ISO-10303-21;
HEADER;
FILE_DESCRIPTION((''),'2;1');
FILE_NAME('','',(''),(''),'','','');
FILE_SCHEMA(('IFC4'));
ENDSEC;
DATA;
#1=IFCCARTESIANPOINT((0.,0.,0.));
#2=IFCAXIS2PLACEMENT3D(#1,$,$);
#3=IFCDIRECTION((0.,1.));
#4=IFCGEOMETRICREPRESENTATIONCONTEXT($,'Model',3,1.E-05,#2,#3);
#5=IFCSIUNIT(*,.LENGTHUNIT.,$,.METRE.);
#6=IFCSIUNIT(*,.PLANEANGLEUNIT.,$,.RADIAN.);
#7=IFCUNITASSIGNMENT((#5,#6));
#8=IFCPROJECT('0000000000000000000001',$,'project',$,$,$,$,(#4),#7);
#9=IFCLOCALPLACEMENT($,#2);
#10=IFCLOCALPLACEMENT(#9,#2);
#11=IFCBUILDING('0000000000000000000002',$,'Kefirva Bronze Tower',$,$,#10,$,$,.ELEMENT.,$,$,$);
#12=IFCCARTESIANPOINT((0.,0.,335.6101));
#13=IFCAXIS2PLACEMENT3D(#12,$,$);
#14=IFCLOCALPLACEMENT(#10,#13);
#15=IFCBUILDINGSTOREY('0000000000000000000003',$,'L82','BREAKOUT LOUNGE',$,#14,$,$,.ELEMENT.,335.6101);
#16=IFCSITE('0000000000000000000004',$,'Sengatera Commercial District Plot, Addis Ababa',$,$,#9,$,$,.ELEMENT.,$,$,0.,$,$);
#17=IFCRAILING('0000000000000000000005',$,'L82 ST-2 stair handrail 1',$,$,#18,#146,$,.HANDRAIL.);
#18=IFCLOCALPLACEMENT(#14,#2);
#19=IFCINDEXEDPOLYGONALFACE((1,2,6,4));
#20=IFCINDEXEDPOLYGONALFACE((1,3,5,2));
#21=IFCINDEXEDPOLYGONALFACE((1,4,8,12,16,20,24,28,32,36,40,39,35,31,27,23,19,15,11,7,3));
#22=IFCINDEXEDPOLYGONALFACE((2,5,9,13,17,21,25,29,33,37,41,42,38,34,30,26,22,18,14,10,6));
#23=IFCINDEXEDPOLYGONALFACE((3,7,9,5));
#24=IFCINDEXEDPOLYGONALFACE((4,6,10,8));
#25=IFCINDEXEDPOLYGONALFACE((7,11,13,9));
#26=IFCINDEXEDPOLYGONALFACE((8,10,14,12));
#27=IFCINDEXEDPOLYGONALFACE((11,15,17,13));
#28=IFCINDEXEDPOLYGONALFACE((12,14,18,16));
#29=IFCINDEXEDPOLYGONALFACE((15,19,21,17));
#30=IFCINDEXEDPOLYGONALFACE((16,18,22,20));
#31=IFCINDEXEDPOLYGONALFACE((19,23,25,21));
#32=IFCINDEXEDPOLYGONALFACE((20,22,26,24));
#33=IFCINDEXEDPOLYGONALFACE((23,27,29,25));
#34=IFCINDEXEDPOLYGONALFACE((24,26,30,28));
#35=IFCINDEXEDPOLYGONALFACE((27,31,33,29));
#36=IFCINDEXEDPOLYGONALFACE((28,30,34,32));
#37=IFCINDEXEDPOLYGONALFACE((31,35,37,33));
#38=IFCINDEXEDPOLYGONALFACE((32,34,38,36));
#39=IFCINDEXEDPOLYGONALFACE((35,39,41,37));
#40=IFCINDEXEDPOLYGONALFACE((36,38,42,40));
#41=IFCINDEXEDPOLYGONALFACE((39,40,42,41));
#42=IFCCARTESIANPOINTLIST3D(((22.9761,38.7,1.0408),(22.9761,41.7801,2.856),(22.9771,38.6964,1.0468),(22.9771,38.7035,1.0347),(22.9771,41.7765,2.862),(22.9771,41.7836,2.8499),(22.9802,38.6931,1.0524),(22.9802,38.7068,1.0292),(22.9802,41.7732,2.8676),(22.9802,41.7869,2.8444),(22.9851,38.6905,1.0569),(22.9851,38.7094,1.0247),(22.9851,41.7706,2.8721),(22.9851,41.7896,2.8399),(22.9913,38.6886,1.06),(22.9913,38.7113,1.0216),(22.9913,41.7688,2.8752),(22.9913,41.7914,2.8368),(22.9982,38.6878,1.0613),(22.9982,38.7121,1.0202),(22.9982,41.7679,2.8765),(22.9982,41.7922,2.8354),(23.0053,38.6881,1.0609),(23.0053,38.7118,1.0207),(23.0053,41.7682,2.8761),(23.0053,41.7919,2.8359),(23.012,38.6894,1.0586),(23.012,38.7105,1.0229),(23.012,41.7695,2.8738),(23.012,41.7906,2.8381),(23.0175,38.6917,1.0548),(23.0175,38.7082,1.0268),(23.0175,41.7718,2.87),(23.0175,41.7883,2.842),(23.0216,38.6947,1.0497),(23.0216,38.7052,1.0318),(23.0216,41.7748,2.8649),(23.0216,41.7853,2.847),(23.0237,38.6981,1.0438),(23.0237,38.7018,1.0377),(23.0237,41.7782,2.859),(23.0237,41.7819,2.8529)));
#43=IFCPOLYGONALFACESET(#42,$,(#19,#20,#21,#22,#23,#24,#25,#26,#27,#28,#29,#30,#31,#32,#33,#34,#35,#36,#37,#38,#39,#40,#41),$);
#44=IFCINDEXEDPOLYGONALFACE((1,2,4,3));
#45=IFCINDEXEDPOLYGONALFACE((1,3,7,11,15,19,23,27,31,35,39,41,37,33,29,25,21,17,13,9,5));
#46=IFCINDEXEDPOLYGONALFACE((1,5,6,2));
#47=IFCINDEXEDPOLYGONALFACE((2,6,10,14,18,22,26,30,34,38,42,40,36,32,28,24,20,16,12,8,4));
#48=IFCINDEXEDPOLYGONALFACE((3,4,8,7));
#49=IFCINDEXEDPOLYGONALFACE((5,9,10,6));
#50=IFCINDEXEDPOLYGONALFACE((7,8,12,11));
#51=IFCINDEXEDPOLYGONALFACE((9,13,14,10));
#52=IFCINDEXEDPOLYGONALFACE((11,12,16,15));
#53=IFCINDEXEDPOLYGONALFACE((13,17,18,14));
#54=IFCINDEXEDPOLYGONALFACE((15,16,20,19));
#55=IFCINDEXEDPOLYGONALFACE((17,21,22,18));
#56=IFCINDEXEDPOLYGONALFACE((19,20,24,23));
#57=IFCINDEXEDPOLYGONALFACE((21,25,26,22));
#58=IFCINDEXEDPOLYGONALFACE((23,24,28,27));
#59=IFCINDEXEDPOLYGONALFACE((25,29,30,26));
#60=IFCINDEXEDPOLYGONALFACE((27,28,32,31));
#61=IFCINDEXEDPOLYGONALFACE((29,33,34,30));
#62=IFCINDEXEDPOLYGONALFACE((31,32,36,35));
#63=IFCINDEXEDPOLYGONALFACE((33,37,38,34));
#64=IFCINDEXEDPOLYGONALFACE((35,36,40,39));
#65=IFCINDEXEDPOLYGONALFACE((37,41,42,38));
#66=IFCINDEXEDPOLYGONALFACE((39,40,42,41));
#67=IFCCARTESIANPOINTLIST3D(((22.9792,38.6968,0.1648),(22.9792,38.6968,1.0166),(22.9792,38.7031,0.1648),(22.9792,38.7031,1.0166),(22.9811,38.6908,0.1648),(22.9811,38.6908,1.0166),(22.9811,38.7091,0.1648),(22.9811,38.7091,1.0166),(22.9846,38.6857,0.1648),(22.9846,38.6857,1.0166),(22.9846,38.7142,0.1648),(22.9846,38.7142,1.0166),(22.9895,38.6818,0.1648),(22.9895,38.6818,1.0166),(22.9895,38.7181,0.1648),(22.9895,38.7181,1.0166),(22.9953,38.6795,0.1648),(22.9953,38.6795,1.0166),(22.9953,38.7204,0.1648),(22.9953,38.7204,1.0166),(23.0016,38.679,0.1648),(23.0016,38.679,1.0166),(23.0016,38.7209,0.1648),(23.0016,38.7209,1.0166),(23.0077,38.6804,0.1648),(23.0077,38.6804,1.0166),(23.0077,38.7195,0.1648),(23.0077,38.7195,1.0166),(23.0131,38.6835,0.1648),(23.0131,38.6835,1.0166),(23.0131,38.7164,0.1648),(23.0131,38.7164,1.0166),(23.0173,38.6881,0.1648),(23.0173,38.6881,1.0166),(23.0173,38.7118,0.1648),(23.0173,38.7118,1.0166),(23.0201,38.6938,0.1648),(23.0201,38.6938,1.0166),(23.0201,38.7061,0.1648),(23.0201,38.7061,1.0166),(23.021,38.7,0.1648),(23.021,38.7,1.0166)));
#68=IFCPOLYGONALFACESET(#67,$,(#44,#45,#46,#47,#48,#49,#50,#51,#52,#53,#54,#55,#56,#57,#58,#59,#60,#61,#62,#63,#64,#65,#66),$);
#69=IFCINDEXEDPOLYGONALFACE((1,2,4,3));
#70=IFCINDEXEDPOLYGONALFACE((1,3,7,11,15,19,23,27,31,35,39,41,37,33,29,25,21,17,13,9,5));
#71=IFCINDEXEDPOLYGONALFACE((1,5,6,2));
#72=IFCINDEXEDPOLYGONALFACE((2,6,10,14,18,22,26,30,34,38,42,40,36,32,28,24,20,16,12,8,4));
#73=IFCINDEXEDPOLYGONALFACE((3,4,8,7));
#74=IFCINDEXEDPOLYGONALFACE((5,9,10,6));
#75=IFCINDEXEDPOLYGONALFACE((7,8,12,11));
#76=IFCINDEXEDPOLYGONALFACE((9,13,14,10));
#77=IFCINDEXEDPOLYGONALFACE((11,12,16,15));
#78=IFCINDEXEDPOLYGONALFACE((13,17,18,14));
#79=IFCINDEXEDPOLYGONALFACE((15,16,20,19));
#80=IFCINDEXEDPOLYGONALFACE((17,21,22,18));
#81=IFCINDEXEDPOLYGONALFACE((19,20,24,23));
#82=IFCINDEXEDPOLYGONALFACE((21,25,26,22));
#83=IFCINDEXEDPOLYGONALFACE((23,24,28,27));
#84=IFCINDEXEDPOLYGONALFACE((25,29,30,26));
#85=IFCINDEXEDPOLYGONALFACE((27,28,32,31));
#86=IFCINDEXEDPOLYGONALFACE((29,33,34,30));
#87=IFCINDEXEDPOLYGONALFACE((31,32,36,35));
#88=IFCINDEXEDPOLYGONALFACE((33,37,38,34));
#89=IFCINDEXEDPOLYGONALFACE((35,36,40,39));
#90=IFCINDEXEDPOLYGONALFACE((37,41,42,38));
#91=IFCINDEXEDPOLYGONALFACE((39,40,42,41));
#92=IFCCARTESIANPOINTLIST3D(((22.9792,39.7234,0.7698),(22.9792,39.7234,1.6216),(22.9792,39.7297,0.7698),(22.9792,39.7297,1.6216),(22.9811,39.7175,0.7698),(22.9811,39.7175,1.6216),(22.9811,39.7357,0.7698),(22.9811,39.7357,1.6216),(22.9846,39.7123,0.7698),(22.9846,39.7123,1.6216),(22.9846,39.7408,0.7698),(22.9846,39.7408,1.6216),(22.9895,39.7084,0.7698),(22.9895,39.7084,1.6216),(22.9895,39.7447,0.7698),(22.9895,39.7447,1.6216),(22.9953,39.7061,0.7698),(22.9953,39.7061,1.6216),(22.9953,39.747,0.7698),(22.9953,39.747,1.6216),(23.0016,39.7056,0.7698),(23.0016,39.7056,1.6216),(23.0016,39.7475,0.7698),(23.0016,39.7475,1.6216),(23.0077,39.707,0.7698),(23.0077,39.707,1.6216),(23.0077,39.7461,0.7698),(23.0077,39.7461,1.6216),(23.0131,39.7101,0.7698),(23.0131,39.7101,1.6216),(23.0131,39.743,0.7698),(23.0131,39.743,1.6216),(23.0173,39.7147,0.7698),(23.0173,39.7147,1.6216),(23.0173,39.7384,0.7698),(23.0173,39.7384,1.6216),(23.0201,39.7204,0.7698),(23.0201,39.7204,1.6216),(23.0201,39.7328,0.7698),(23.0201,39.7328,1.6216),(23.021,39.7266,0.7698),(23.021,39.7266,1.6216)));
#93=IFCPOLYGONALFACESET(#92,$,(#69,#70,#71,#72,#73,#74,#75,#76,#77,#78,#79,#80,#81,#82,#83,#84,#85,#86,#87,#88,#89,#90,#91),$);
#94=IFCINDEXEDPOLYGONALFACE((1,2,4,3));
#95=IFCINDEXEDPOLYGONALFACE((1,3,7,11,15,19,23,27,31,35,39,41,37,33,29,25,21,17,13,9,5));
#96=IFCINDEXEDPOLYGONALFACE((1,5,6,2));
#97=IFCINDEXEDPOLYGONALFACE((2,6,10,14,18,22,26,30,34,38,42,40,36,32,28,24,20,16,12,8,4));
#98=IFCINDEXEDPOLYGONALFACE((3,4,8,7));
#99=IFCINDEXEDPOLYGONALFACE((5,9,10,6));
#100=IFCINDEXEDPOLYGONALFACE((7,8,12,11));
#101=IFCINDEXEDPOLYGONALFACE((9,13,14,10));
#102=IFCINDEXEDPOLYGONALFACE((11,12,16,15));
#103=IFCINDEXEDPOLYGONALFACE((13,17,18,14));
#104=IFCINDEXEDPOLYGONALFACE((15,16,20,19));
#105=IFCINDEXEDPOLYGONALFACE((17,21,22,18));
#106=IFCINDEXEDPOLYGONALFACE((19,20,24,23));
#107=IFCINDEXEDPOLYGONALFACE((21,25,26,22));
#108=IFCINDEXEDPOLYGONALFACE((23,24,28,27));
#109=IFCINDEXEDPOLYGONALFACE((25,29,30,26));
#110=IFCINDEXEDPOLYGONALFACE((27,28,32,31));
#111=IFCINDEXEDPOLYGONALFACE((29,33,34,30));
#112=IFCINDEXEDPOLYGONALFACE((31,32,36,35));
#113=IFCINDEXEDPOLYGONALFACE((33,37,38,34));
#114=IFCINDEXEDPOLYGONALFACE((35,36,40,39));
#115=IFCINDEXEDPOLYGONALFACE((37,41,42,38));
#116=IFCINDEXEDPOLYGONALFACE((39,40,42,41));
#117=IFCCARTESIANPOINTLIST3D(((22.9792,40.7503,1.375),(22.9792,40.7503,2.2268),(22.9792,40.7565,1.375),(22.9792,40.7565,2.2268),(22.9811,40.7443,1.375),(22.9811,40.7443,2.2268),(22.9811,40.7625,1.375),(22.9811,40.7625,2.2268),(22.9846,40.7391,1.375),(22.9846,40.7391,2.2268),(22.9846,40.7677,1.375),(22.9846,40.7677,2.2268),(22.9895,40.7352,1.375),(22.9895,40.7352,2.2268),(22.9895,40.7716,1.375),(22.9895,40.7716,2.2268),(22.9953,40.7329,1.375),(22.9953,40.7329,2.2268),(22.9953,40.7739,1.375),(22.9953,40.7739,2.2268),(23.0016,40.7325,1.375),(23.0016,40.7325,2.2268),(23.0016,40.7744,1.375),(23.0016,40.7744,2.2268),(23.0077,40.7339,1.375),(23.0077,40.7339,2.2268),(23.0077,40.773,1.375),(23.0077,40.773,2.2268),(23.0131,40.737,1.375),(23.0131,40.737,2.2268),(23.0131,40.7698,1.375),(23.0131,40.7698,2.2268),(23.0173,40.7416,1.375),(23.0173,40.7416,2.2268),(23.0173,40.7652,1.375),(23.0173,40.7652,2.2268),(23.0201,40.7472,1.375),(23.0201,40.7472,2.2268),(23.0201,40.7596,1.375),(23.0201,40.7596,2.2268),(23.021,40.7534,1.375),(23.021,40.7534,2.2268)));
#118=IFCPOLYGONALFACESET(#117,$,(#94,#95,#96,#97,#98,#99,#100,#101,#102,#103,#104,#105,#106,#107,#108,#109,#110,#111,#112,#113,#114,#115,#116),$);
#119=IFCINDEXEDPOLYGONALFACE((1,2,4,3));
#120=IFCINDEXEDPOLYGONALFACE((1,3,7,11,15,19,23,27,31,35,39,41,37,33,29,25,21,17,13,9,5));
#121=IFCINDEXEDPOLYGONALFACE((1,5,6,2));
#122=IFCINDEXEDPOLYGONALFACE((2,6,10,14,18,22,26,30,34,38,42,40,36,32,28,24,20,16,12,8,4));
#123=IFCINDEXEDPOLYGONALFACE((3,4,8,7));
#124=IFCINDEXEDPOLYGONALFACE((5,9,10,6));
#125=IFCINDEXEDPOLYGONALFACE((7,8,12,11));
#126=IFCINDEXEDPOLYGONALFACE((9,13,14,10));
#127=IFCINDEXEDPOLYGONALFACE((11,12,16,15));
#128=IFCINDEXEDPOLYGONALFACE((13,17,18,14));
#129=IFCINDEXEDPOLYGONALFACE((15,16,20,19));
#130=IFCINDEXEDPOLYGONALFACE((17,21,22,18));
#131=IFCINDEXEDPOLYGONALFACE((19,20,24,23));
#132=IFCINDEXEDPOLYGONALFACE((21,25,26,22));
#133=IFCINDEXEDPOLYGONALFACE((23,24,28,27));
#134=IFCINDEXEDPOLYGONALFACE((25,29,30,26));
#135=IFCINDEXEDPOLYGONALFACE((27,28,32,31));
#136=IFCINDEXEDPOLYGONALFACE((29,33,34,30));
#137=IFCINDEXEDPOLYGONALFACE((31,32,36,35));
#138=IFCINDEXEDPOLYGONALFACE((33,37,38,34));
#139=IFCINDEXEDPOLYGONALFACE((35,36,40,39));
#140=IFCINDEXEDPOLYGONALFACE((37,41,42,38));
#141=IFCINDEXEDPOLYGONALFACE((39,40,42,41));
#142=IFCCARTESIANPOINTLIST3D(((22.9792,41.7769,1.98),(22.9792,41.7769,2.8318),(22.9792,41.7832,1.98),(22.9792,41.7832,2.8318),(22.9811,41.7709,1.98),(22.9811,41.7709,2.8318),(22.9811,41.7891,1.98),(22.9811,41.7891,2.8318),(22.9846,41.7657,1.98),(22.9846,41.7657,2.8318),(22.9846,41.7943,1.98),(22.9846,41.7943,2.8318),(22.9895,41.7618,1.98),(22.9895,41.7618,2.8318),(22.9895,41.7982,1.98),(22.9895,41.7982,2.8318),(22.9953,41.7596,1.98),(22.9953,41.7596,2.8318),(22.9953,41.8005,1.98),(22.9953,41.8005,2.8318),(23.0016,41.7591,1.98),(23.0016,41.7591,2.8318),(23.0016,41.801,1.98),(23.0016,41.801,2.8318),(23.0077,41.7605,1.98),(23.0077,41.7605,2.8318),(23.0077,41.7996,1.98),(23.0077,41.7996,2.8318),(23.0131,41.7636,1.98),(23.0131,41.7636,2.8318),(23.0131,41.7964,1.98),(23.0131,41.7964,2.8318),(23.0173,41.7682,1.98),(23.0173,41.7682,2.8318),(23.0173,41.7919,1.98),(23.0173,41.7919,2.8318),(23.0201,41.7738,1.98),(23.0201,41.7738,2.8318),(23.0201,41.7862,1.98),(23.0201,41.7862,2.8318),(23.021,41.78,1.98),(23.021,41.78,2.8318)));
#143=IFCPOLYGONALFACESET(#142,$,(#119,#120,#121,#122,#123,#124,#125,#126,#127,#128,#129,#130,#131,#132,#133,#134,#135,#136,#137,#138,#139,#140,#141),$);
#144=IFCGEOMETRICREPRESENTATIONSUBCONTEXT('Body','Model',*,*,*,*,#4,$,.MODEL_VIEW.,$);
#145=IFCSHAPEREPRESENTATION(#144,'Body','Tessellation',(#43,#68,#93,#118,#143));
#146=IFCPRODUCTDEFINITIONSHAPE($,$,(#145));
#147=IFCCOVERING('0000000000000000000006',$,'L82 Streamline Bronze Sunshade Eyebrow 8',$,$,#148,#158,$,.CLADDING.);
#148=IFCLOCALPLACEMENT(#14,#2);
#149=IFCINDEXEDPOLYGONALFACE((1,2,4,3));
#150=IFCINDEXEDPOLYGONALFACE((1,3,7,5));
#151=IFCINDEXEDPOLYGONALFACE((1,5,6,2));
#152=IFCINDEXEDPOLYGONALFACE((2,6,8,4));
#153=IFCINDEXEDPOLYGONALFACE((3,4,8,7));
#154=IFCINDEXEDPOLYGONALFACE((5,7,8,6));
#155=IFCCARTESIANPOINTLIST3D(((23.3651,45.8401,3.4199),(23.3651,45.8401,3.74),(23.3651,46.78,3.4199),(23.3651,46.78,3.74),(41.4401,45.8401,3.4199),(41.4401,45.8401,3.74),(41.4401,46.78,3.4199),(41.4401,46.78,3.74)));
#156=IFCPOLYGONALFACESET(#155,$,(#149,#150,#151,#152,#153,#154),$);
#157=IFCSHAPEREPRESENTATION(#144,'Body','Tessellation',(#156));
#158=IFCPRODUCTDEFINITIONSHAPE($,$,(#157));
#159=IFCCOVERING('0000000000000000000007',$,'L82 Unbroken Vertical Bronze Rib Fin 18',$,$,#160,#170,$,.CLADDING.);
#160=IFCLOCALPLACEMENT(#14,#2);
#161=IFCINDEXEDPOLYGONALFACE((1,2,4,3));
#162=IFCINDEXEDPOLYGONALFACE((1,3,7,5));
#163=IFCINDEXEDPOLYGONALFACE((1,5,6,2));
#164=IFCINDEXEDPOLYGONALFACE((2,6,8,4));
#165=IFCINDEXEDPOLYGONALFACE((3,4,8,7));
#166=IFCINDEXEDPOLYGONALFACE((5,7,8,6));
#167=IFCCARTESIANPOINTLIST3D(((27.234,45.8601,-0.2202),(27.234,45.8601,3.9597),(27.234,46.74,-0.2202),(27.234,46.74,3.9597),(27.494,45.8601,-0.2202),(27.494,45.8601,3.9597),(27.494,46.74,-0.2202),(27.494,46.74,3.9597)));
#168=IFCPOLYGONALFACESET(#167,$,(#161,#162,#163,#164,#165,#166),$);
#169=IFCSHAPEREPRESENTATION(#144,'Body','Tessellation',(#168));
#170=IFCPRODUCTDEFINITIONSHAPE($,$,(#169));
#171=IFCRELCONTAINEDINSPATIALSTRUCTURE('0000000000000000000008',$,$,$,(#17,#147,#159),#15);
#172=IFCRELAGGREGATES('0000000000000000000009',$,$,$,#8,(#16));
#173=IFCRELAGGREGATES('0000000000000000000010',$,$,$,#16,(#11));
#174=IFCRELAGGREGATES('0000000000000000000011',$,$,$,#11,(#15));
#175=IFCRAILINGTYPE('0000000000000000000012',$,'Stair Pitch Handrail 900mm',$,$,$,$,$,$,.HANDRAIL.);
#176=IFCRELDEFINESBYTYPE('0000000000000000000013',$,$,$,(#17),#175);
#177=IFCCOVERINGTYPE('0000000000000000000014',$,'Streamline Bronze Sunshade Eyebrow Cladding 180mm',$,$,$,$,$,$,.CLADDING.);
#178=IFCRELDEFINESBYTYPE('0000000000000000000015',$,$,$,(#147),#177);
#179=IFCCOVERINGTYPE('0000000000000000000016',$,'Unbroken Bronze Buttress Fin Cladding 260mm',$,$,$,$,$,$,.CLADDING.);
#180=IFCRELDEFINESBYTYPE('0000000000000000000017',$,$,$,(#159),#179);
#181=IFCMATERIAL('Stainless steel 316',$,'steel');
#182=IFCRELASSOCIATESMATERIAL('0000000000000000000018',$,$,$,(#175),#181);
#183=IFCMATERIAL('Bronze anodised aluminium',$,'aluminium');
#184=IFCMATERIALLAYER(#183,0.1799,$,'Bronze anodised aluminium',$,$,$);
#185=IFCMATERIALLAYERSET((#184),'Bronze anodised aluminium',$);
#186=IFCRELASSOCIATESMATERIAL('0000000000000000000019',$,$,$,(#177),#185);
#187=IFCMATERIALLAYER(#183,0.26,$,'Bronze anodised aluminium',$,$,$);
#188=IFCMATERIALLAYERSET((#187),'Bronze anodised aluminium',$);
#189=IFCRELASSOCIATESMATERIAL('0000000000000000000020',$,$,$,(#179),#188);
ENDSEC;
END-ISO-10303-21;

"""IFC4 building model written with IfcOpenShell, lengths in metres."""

from ifc_helpers import new_model, si_unit, direction, frame, origin, origin_2d, place, context, subcontext, project, spatial, rectangle, circle, extrude, material, layer, layer_set, type_object, element, save


model = new_model("IFC4")

# Units and contexts
model_context = context("Model", 3, precision=1e-05, world=origin(), true_north=direction((0.0, 1.0)))
body_context = subcontext(model_context, "Body", "Model", "MODEL_VIEW")
ifc_project = project(units=[si_unit("LENGTHUNIT", "METRE"), si_unit("PLANEANGLEUNIT", "RADIAN")], contexts=[model_context])

# Site, building, storey
site_placement = place(None, origin())
site = spatial("IfcSite", under=ifc_project, at=site_placement, Name="Sengatera Commercial District Plot, Addis Ababa", CompositionType="ELEMENT", RefElevation=0.0)
building_placement = place(site_placement, origin())
building = spatial("IfcBuilding", under=site, at=building_placement, Name="Kefirva Bronze Tower", CompositionType="ELEMENT")
storey_placement = place(building_placement, frame((0.0, 0.0, 335.6101)))
storey = spatial("IfcBuildingStorey", under=building, at=storey_placement, Name="L82", Description="BREAKOUT LOUNGE", CompositionType="ELEMENT", Elevation=335.6101)

# Shared definitions
ifc_material_1 = material(Name="Bronze anodised aluminium", Category="aluminium")

# Railing
ifc_material_2 = material(Name="Stainless steel 316", Category="steel")
railing_type_1 = type_object("IfcRailingType", Name="Stair Pitch Handrail 900mm", PredefinedType="HANDRAIL", material=ifc_material_2)
railing_1_placement = place(storey_placement, frame((23.0, 38.7, 0.1648)))
element("IfcRailing", 1, at=railing_1_placement, inside=storey, type_object=railing_type_1, Name="L82 ST-2 stair handrail 1", PredefinedType="HANDRAIL", context=body_context, shape_type="SweptSolid", body=[
    extrude(circle(Radius=0.0239, at=origin_2d()), frame((0.0, 0.0, 0.876), z_axis=(0.0, 0.861521, 0.507721), x_axis=(-1.0, 0.0, 0.0)), (0.0, 0.0, 1.0), 3.5752),
    extrude(circle(Radius=0.021, at=origin_2d()), origin(), (0.0, 0.0, 1.0), 0.8518),
    extrude(circle(Radius=0.021, at=origin_2d()), frame((0.0, 1.0266, 0.605)), (0.0, 0.0, 1.0), 0.8518),
    extrude(circle(Radius=0.021, at=origin_2d()), frame((0.0, 2.0535, 1.2102)), (0.0, 0.0, 1.0), 0.8518),
    extrude(circle(Radius=0.021, at=origin_2d()), frame((0.0, 3.0801, 1.8152)), (0.0, 0.0, 1.0), 0.8518),
])

# Coverings
ifc_layer_1 = layer(ifc_material_1, 0.1799, Name="Bronze anodised aluminium")
ifc_layer_set_1 = layer_set([ifc_layer_1], Name="Bronze anodised aluminium")
covering_type_1 = type_object("IfcCoveringType", Name="Streamline Bronze Sunshade Eyebrow Cladding 180mm", PredefinedType="CLADDING", material=ifc_layer_set_1)
covering_1_placement = place(storey_placement, frame((32.4026, 46.3101, 3.4199), z_axis=(0.0, 0.0, 1.0), x_axis=(-1.0, 0.0, 0.0)))
element("IfcCovering", 2, at=covering_1_placement, inside=storey, type_object=covering_type_1, Name="L82 Streamline Bronze Sunshade Eyebrow 8", PredefinedType="CLADDING", context=body_context, shape_type="SweptSolid", body=[
    extrude(rectangle(XDim=18.075, YDim=0.9399, at=origin_2d()), origin(), (0.0, 0.0, 1.0), 0.3201),
])
ifc_layer_2 = layer(ifc_material_1, 0.26, Name="Bronze anodised aluminium")
ifc_layer_set_2 = layer_set([ifc_layer_2], Name="Bronze anodised aluminium")
covering_type_2 = type_object("IfcCoveringType", Name="Unbroken Bronze Buttress Fin Cladding 260mm", PredefinedType="CLADDING", material=ifc_layer_set_2)
covering_2_placement = place(storey_placement, frame((27.364, 46.3, -0.2202), z_axis=(0.0, 0.0, 1.0), x_axis=(-1.0, 0.0, 0.0)))
element("IfcCovering", 3, at=covering_2_placement, inside=storey, type_object=covering_type_2, Name="L82 Unbroken Vertical Bronze Rib Fin 18", PredefinedType="CLADDING", context=body_context, shape_type="SweptSolid", body=[
    extrude(rectangle(XDim=0.26, YDim=0.8799, at=origin_2d()), origin(), (0.0, 0.0, 1.0), 4.1799),
])

save(model, "model.ifc")
